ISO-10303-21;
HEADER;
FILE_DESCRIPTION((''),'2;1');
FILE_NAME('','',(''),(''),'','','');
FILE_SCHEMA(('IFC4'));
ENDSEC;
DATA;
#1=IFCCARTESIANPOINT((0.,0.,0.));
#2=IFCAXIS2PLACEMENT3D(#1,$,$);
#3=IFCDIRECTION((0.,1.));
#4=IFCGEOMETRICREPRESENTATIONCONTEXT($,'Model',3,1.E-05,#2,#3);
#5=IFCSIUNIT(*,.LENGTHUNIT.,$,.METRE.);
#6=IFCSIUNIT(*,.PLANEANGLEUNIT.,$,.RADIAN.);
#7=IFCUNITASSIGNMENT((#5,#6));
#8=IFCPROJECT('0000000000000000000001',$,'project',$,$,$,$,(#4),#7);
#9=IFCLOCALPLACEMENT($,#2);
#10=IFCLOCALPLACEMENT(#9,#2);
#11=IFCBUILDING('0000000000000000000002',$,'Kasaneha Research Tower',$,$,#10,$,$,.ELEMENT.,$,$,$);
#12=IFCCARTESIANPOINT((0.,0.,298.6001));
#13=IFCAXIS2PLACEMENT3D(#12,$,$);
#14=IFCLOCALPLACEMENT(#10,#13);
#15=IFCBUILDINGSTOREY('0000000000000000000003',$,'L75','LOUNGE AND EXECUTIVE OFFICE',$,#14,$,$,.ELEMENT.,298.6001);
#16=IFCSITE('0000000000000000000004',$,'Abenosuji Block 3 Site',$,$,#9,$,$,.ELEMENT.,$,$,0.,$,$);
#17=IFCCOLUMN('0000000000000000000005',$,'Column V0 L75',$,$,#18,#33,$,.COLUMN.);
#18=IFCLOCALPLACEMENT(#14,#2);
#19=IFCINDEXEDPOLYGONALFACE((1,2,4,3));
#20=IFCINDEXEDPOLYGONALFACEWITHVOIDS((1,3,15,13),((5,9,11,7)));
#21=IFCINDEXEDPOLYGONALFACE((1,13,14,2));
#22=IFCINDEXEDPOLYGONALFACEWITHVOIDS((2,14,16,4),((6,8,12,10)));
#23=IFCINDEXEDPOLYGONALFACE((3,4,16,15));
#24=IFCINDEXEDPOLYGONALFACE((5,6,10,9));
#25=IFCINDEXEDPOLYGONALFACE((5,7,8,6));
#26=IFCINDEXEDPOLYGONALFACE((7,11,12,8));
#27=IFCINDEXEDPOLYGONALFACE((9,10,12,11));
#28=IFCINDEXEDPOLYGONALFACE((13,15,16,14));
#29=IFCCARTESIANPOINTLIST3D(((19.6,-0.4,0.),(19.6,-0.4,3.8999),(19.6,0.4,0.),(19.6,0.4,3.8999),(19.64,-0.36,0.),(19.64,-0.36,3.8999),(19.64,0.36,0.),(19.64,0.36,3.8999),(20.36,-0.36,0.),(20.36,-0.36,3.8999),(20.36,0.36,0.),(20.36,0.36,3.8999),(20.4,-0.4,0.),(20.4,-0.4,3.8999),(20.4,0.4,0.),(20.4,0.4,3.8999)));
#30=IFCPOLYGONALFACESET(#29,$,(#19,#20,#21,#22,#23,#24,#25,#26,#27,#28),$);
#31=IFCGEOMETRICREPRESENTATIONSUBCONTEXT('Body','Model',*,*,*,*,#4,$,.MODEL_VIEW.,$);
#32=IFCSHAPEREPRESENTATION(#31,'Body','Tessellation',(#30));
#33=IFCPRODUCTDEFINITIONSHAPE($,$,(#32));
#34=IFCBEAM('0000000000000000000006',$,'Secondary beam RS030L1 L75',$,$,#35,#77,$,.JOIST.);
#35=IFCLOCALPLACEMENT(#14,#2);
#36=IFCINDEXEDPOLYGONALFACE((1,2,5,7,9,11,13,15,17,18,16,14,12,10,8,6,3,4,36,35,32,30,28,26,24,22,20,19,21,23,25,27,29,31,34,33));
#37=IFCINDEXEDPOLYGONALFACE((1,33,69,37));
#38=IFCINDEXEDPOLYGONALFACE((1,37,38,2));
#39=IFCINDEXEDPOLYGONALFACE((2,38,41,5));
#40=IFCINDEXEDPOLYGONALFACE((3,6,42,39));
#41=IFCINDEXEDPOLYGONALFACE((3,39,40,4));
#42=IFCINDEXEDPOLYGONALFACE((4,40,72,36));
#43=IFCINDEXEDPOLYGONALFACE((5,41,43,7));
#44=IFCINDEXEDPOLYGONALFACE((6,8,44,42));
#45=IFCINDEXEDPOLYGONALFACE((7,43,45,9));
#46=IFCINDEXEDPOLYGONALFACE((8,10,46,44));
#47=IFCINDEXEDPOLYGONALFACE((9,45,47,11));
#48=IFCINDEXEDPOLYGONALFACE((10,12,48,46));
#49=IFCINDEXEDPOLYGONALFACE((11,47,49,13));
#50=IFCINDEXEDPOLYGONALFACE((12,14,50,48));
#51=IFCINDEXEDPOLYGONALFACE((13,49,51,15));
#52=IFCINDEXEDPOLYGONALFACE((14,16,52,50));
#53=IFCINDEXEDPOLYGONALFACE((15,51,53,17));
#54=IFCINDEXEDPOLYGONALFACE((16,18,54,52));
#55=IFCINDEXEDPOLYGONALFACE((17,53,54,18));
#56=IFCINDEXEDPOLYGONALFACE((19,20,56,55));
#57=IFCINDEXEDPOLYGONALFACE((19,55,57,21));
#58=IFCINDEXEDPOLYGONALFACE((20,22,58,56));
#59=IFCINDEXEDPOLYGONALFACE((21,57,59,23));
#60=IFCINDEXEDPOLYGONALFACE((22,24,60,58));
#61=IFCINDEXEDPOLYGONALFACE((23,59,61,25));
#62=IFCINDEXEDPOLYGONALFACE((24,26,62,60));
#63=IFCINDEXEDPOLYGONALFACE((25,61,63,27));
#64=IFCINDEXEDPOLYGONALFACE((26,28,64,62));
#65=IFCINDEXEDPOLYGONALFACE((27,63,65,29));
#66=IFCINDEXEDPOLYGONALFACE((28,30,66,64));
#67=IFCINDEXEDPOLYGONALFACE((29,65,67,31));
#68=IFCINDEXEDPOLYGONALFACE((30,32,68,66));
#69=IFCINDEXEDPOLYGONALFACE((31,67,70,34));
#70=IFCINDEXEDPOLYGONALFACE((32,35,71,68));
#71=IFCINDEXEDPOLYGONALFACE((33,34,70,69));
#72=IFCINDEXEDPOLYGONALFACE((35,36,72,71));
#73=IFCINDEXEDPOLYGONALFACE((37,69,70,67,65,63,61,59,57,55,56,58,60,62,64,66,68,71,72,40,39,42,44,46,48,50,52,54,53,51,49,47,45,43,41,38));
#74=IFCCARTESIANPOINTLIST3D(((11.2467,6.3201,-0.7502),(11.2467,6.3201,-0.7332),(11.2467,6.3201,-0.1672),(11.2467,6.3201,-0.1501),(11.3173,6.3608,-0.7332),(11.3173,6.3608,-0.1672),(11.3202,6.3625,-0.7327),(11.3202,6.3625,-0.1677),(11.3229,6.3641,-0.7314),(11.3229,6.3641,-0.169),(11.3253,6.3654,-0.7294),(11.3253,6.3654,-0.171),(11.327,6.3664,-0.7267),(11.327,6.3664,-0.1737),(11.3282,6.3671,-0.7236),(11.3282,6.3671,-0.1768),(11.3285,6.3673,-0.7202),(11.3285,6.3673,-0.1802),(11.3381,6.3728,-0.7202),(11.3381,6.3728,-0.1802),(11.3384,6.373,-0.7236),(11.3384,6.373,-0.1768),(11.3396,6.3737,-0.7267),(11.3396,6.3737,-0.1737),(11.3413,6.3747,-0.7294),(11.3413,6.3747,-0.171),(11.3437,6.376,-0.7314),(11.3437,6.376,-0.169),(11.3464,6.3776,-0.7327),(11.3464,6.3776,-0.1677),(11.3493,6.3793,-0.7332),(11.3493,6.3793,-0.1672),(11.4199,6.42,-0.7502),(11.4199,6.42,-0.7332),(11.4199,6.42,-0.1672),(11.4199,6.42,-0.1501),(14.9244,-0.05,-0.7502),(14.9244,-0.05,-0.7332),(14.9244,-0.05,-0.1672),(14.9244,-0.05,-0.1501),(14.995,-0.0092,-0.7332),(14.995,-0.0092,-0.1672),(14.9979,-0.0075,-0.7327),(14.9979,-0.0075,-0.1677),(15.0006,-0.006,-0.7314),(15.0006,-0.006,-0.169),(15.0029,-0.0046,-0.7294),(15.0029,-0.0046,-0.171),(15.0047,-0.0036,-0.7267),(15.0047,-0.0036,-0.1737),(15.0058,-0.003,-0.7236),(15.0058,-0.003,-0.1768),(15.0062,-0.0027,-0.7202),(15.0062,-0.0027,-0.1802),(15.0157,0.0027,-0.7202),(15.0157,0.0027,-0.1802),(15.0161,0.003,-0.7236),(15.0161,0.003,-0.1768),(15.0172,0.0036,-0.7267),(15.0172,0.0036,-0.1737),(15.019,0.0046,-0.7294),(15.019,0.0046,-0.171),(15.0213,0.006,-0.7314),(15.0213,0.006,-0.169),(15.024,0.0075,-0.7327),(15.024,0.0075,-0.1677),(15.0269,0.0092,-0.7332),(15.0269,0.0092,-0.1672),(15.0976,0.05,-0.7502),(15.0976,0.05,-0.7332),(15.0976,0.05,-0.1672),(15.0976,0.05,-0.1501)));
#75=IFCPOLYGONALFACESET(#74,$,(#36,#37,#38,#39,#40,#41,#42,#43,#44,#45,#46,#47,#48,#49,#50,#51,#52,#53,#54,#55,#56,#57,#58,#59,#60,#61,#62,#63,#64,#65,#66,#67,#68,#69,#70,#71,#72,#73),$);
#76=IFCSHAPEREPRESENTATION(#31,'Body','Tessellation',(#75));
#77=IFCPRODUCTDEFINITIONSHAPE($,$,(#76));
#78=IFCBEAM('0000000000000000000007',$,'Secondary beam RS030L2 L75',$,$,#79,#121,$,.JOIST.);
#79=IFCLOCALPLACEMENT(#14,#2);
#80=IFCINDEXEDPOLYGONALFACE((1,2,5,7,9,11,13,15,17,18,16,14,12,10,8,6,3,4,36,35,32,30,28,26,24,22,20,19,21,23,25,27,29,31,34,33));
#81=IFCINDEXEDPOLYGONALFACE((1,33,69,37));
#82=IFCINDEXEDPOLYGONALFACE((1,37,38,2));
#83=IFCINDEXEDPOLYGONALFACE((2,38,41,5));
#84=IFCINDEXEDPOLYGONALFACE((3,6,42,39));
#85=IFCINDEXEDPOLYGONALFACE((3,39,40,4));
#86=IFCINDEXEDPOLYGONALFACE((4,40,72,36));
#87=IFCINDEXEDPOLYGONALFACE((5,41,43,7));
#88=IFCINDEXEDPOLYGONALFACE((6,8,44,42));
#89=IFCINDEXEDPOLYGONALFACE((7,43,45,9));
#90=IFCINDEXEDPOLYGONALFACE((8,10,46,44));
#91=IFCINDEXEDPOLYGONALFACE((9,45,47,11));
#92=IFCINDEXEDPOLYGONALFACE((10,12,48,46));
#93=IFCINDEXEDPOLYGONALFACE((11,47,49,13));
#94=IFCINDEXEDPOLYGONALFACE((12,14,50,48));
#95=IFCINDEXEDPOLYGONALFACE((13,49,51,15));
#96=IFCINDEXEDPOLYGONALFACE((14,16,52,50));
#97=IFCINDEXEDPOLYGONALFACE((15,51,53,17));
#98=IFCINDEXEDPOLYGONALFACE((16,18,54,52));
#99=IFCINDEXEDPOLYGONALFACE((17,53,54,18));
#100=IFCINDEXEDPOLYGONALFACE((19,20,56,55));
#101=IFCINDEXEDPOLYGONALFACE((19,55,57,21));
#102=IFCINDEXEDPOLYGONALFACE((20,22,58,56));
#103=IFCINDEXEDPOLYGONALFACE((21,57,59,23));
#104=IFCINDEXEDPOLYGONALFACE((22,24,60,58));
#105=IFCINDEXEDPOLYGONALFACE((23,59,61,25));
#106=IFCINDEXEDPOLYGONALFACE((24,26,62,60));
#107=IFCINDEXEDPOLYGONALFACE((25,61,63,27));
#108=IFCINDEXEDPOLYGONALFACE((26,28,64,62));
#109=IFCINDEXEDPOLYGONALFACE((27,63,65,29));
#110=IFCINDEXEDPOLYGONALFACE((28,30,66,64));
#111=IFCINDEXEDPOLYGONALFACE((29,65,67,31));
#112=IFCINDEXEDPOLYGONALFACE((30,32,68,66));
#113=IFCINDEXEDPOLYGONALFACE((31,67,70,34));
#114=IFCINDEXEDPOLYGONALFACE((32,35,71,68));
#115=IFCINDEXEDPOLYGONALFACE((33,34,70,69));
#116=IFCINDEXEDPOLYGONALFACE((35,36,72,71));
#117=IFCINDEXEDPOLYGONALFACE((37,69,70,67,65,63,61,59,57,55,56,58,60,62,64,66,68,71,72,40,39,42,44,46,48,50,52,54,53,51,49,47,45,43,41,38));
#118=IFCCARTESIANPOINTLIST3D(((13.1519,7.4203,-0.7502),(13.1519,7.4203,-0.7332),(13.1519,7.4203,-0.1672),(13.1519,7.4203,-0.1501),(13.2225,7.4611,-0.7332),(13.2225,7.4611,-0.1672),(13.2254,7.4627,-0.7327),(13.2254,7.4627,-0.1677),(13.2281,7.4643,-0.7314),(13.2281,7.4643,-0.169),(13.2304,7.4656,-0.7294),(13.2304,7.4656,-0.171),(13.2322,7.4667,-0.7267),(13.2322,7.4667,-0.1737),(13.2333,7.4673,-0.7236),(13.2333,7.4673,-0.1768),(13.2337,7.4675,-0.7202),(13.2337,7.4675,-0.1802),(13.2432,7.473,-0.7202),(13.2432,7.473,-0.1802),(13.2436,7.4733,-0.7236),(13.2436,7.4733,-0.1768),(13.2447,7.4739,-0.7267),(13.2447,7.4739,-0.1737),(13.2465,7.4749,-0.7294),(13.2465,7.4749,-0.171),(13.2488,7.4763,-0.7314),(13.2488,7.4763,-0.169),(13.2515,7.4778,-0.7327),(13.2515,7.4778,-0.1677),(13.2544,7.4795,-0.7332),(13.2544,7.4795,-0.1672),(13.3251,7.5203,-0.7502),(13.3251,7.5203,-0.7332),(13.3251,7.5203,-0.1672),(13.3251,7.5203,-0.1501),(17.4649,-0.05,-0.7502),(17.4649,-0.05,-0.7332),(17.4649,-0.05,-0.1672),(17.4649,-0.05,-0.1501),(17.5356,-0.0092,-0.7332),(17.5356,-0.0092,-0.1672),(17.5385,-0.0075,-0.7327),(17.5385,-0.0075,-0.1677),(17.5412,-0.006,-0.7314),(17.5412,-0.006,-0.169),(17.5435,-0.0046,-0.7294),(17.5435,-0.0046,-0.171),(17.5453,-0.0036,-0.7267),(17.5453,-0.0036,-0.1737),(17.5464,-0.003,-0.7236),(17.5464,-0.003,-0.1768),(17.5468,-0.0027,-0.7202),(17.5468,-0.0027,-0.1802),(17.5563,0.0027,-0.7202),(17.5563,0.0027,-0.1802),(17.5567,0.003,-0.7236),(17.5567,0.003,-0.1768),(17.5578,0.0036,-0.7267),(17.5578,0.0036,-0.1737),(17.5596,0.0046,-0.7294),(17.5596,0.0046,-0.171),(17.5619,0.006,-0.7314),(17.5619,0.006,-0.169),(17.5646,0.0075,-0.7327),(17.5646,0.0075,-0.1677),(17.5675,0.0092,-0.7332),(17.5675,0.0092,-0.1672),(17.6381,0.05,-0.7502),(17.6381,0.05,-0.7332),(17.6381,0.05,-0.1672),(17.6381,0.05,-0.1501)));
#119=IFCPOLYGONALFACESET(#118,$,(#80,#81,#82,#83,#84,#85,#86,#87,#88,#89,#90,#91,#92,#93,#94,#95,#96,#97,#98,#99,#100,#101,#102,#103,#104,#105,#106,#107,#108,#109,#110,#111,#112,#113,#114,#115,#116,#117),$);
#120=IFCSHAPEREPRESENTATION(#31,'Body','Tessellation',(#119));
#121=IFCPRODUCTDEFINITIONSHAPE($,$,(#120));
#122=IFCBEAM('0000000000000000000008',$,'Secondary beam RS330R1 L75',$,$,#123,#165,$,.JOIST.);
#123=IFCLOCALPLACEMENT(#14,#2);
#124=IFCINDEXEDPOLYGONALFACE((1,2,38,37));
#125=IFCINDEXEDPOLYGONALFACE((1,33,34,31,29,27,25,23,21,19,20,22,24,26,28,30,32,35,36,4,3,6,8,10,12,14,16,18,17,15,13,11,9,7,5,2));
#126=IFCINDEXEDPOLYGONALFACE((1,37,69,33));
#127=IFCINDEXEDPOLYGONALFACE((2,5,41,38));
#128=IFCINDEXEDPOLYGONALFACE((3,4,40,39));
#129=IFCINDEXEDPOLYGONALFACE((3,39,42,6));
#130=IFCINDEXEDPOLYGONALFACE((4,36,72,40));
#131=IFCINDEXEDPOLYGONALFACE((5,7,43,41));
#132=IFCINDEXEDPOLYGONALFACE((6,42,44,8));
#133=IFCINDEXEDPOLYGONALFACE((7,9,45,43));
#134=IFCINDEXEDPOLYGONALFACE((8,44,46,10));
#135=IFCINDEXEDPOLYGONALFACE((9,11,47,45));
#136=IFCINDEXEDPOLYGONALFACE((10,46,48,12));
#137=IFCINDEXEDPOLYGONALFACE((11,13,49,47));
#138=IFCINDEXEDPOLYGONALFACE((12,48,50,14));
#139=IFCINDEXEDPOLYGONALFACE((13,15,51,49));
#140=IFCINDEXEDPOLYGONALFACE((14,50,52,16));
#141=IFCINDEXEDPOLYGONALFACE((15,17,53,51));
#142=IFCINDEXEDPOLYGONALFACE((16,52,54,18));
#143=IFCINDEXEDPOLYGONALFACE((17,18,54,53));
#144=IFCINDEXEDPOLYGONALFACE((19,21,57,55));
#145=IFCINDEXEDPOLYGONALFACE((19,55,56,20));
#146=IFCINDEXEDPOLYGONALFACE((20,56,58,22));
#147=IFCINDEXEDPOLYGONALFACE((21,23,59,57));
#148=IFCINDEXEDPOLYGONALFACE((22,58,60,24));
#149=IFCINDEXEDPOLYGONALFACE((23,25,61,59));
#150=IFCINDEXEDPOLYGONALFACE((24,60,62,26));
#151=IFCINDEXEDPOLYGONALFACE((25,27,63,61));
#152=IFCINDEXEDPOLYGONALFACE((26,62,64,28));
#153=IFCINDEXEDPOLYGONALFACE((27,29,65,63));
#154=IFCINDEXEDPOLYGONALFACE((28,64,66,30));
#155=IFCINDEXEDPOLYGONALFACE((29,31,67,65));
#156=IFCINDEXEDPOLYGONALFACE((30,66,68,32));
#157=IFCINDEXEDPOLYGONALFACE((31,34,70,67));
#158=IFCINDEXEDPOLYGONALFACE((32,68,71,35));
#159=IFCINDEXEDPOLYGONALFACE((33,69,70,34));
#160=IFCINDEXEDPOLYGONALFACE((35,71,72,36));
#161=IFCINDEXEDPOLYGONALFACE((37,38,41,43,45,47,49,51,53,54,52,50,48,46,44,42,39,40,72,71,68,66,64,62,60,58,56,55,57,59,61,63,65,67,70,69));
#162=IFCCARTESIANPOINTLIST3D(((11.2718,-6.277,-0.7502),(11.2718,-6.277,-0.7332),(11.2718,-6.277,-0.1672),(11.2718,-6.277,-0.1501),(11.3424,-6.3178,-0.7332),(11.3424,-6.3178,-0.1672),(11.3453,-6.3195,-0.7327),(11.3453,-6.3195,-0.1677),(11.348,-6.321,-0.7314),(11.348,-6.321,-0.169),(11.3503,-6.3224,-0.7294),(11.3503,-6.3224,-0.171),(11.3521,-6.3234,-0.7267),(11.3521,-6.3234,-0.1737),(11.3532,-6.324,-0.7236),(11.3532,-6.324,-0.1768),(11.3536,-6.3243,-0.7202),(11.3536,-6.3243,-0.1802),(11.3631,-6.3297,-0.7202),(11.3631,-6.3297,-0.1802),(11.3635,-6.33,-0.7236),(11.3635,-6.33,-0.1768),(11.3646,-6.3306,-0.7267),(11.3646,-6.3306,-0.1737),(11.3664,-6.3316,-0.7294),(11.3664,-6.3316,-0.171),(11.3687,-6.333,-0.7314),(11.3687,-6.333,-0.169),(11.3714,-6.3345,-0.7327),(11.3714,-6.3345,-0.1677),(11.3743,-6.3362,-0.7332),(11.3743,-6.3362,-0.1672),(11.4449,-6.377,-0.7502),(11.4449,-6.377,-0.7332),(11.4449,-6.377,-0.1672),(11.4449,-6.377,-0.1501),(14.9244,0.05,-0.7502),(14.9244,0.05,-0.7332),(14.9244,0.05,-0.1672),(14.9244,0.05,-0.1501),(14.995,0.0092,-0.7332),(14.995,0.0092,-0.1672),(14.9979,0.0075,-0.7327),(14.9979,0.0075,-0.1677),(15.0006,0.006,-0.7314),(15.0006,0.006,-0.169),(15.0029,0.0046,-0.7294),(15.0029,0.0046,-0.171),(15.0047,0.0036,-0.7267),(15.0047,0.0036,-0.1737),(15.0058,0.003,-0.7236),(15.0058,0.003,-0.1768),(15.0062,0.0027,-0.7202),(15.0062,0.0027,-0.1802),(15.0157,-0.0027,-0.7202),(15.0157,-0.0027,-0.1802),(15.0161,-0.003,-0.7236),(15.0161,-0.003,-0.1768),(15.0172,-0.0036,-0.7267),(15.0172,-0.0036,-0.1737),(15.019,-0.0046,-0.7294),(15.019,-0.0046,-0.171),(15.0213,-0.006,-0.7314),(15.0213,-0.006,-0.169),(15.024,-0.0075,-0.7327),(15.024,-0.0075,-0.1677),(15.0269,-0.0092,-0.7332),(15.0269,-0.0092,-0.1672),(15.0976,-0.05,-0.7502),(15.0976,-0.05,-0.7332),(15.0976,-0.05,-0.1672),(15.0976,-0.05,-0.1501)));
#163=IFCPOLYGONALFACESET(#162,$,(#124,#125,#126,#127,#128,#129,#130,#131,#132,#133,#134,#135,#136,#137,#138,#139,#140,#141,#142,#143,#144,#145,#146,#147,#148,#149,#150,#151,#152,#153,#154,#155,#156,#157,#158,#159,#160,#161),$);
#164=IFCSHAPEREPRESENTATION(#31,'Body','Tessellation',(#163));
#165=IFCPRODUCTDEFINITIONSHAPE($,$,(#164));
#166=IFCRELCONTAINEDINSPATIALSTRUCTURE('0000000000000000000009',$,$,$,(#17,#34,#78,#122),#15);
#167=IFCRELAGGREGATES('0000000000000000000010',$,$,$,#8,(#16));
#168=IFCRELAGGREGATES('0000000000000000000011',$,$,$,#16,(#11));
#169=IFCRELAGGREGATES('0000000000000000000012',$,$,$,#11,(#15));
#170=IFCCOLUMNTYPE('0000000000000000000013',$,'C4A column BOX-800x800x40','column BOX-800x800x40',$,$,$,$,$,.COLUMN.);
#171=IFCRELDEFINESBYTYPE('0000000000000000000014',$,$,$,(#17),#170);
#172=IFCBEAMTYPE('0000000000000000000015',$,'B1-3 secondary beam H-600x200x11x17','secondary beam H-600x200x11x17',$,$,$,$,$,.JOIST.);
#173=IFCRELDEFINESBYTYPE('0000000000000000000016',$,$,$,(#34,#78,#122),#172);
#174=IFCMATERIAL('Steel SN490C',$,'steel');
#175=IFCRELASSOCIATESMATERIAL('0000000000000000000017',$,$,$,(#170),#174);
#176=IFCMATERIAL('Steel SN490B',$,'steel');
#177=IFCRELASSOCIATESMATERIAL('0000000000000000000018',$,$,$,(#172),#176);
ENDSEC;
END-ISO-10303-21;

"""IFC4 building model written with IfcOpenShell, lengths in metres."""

from ifc_helpers import new_model, si_unit, direction, frame, origin, origin_2d, place, context, subcontext, project, spatial, hollow_rectangle, i_section, extrude, material, material_profile, profile_set, type_object, element, save


model = new_model("IFC4")

# Units and contexts
model_context = context("Model", 3, precision=1e-05, world=origin(), true_north=direction((0.0, 1.0)))
body_context = subcontext(model_context, "Body", "Model", "MODEL_VIEW")
ifc_project = project(units=[si_unit("LENGTHUNIT", "METRE"), si_unit("PLANEANGLEUNIT", "RADIAN")], contexts=[model_context])

# Site, building, storey
site_placement = place(None, origin())
site = spatial("IfcSite", under=ifc_project, at=site_placement, Name="Abenosuji Block 3 Site", CompositionType="ELEMENT", RefElevation=0.0)
building_placement = place(site_placement, origin())
building = spatial("IfcBuilding", under=site, at=building_placement, Name="Kasaneha Research Tower", CompositionType="ELEMENT")
storey_placement = place(building_placement, frame((0.0, 0.0, 298.6001)))
storey = spatial("IfcBuildingStorey", under=building, at=storey_placement, Name="L75", Description="LOUNGE AND EXECUTIVE OFFICE", CompositionType="ELEMENT", Elevation=298.6001)

# Column
ifc_material_1 = material(Name="Steel SN490C", Category="steel")
ifc_material_profile_1 = material_profile(ifc_material_1, hollow_rectangle(XDim=0.8, YDim=0.8, WallThickness=0.04, at=origin_2d()), Name="BOX-800x800x40")
ifc_profile_set_1 = profile_set([ifc_material_profile_1], Name="Steel SN490C")
column_type = type_object("IfcColumnType", Name="C4A column BOX-800x800x40", Description="column BOX-800x800x40", PredefinedType="COLUMN", material=ifc_profile_set_1)
column_placement = place(storey_placement, frame((20.0, 0.0, 0.0), z_axis=(0.0, 0.0, 1.0), x_axis=(1.0, 0.0, 0.0)))
element("IfcColumn", 1, at=column_placement, inside=storey, type_object=column_type, Name="Column V0 L75", PredefinedType="COLUMN", context=body_context, shape_type="SweptSolid", body=[
    extrude(hollow_rectangle(XDim=0.8, YDim=0.8, WallThickness=0.04, at=origin_2d()), origin(), (0.0, 0.0, 1.0), 3.8999),
])

# Beams
ifc_material_2 = material(Name="Steel SN490B", Category="steel")
ifc_material_profile_2 = material_profile(ifc_material_2, i_section(OverallWidth=0.2, OverallDepth=0.6001, WebThickness=0.011, FlangeThickness=0.0171, FilletRadius=0.0129, at=origin_2d()), Name="H-600x200x11x17")
ifc_profile_set_2 = profile_set([ifc_material_profile_2], Name="Steel SN490B")
beam_type_1 = type_object("IfcBeamType", Name="B1-3 secondary beam H-600x200x11x17", Description="secondary beam H-600x200x11x17", PredefinedType="JOIST", material=ifc_profile_set_2)
beam_1_placement = place(storey_placement, frame((15.011, 0.0, -0.4502), z_axis=(-0.499994, 0.866029, 0.0), x_axis=(-0.866029, -0.499994, 0.0)))
element("IfcBeam", 2, at=beam_1_placement, inside=storey, type_object=beam_type_1, Name="Secondary beam RS030L1 L75", PredefinedType="JOIST", context=body_context, shape_type="SweptSolid", body=[
    extrude(i_section(OverallWidth=0.2, OverallDepth=0.6001, WebThickness=0.011, FlangeThickness=0.0171, FilletRadius=0.0129, at=origin_2d()), origin(), (0.0, 0.0, 1.0), 7.3555),
])
beam_2_placement = place(storey_placement, frame((17.5515, 0.0, -0.4502), z_axis=(-0.500005, 0.866023, 0.0), x_axis=(-0.866023, -0.500005, 0.0)))
element("IfcBeam", 3, at=beam_2_placement, inside=storey, type_object=beam_type_1, Name="Secondary beam RS030L2 L75", PredefinedType="JOIST", context=body_context, shape_type="SweptSolid", body=[
    extrude(i_section(OverallWidth=0.2, OverallDepth=0.6001, WebThickness=0.011, FlangeThickness=0.0171, FilletRadius=0.0129, at=origin_2d()), origin(), (0.0, 0.0, 1.0), 8.626),
])
beam_3_placement = place(storey_placement, frame((15.011, 0.0, -0.4502), z_axis=(-0.499974, -0.86604, 0.0), x_axis=(0.86604, -0.499974, 0.0)))
element("IfcBeam", 4, at=beam_3_placement, inside=storey, type_object=beam_type_1, Name="Secondary beam RS330R1 L75", PredefinedType="JOIST", context=body_context, shape_type="SweptSolid", body=[
    extrude(i_section(OverallWidth=0.2, OverallDepth=0.6001, WebThickness=0.011, FlangeThickness=0.0171, FilletRadius=0.0129, at=origin_2d()), origin(), (0.0, 0.0, 1.0), 7.3057),
])

save(model, "model.ifc")
